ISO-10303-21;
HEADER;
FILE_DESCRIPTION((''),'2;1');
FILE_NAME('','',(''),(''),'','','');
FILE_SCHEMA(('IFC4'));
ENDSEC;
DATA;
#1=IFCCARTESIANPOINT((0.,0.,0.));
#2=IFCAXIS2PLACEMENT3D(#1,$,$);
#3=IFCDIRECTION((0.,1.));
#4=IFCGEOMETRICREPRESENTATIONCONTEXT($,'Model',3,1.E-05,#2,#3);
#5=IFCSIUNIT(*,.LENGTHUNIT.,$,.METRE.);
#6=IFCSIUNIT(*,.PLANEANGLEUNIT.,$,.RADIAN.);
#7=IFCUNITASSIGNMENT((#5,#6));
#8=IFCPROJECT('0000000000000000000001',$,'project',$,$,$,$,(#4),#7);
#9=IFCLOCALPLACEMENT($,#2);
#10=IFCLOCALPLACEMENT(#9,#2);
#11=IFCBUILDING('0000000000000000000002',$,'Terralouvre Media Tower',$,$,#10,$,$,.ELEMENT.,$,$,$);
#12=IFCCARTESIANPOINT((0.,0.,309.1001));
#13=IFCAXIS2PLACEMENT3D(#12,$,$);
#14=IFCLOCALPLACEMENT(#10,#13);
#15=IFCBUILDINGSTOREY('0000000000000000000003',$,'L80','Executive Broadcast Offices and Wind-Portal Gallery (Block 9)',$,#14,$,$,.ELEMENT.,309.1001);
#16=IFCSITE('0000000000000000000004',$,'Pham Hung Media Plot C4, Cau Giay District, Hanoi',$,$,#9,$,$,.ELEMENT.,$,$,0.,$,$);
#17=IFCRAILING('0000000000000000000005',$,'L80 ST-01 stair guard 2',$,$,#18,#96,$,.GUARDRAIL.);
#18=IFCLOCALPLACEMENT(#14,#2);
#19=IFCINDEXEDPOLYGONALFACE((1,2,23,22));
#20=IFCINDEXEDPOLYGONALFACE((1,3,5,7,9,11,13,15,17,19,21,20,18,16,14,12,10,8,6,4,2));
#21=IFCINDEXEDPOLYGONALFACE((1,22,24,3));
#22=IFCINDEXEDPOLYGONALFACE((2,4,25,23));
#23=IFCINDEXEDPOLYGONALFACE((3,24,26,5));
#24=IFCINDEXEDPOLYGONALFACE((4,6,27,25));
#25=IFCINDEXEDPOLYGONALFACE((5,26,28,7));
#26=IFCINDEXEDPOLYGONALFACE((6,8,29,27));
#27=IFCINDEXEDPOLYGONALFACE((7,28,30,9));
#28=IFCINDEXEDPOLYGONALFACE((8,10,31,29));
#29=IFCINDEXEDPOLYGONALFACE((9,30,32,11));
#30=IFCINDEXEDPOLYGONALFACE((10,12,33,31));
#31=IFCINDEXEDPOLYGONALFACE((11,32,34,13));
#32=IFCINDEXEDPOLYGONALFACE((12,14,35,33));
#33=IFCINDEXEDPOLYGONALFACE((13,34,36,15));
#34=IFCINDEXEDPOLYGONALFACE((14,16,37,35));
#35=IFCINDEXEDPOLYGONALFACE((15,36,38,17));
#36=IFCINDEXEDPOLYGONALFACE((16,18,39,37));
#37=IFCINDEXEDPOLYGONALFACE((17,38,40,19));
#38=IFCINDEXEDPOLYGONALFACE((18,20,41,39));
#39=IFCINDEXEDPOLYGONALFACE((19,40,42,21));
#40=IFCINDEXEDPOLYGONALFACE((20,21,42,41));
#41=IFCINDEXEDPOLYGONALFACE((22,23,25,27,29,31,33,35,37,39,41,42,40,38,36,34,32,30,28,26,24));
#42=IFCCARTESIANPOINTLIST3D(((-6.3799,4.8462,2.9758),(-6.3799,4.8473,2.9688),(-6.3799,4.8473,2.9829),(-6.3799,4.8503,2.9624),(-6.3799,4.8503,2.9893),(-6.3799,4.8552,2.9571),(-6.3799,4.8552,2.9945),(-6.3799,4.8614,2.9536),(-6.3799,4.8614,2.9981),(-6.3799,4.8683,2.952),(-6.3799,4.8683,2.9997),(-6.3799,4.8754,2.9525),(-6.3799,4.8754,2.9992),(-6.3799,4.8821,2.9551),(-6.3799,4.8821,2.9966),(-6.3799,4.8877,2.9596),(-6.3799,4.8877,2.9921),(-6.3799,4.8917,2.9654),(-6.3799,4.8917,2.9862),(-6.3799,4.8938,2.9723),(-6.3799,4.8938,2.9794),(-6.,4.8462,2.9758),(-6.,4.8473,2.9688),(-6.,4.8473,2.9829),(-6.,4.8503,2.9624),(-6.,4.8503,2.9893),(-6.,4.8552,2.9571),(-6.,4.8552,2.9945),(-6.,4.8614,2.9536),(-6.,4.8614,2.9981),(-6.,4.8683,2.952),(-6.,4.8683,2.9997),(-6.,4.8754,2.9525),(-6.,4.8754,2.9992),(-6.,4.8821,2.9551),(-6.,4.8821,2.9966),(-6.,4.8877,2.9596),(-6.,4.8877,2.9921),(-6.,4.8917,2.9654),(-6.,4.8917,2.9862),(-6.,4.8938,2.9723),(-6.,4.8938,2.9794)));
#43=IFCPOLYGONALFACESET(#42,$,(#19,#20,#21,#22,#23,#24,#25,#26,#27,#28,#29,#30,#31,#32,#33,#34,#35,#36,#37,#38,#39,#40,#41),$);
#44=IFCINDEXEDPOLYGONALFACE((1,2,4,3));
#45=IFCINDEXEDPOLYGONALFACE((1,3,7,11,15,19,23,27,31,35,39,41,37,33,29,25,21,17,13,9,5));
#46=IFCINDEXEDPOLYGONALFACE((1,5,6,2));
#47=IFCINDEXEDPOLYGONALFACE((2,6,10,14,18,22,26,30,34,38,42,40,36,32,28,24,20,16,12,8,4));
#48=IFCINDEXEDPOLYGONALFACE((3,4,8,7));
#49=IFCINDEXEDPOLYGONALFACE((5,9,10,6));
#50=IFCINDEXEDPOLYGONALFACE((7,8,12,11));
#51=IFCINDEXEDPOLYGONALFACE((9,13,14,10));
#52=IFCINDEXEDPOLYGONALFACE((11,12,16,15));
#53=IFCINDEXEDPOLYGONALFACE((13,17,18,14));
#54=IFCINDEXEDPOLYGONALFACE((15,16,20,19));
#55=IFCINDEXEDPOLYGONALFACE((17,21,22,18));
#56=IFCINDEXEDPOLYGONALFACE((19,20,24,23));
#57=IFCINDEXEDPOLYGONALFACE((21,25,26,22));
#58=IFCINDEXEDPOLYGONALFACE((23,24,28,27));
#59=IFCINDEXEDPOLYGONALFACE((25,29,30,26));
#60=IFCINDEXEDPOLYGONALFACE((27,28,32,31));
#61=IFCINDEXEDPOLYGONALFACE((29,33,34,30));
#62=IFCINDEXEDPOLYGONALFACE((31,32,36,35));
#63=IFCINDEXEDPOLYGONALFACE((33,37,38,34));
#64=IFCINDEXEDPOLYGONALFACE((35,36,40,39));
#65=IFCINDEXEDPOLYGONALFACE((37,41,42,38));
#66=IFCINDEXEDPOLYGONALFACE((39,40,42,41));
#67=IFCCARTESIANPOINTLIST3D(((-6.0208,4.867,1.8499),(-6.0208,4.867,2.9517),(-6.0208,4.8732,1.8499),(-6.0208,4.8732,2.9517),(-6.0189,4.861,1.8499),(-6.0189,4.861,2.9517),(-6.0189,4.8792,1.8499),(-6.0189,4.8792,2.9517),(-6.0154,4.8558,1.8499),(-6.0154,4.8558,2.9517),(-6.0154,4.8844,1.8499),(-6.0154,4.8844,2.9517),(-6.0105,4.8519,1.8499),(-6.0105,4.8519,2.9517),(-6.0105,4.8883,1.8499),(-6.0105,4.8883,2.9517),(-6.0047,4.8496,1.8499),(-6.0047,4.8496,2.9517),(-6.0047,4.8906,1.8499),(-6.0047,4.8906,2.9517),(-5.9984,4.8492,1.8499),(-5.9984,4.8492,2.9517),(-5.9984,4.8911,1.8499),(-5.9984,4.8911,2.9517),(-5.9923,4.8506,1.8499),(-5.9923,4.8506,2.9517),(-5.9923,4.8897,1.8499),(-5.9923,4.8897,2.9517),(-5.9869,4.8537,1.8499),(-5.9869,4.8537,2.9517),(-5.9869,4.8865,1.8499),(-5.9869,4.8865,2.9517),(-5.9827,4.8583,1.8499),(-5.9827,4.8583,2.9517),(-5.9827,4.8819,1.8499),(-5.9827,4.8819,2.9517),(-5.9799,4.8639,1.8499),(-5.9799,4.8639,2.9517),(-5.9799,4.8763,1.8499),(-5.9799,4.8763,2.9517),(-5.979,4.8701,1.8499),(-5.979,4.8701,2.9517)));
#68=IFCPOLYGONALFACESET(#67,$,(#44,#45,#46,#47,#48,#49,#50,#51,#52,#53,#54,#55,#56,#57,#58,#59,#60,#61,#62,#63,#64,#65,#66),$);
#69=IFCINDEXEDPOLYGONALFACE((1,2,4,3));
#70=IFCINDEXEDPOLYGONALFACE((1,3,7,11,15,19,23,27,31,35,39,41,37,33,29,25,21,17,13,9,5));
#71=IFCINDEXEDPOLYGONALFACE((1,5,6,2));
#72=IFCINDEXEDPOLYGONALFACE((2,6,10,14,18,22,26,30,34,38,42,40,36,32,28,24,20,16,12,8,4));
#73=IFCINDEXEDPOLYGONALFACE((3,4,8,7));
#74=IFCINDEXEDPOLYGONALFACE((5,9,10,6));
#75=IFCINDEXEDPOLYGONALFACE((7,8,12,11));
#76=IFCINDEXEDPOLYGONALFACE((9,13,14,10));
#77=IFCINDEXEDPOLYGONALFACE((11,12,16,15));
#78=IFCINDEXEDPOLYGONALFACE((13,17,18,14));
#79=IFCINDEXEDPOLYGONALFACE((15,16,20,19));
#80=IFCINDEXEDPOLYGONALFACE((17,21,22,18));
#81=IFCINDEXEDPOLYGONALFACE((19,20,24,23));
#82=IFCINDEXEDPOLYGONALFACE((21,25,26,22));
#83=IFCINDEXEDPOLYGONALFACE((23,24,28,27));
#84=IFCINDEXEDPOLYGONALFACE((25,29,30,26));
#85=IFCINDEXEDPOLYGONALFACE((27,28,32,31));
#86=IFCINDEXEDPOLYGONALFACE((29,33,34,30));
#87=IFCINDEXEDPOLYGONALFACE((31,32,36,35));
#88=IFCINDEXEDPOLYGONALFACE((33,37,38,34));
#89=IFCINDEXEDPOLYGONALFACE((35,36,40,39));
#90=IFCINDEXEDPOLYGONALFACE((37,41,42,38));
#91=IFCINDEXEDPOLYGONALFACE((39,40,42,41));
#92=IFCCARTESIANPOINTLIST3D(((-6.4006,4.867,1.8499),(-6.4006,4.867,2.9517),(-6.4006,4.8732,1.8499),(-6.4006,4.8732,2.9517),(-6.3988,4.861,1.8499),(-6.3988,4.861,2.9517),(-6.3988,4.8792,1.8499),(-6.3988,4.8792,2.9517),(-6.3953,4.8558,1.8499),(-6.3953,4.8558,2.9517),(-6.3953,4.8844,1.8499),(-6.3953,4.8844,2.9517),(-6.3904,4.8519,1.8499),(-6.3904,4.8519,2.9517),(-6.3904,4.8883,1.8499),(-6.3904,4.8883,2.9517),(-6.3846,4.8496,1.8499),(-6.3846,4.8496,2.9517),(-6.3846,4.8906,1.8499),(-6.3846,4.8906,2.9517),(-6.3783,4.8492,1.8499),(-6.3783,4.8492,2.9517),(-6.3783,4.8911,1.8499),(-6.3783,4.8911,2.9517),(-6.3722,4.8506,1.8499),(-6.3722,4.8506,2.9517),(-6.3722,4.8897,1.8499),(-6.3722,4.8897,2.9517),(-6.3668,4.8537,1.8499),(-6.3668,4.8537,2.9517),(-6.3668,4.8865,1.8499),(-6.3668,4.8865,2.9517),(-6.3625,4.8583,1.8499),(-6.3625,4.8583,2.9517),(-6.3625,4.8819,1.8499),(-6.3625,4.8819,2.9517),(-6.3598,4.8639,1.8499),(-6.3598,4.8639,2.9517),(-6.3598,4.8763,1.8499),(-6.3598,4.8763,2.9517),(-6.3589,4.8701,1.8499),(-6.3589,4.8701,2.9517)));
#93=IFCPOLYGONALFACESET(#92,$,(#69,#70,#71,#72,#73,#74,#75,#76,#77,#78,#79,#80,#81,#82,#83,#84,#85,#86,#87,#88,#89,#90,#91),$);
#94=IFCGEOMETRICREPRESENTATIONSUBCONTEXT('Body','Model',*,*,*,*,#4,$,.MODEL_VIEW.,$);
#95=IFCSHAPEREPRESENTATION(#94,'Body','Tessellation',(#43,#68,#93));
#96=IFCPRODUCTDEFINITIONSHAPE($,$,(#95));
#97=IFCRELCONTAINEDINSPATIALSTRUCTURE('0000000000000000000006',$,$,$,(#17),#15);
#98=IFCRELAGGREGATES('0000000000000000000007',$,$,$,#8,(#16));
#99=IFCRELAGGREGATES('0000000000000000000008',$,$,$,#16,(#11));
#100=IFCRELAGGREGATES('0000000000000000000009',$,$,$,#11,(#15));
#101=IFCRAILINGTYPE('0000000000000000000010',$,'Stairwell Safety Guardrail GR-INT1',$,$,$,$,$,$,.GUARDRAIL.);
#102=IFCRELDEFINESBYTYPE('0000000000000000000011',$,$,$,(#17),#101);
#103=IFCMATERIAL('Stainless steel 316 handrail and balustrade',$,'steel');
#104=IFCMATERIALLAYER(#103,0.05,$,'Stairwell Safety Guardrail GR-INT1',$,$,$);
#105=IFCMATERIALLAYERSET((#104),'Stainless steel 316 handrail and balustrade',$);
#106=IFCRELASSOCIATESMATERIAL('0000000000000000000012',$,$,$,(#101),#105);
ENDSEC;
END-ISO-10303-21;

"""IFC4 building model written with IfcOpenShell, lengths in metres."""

from ifc_helpers import new_model, si_unit, direction, frame, origin, origin_2d, place, context, subcontext, project, spatial, circle, extrude, material, layer, layer_set, type_object, element, save


model = new_model("IFC4")

# Units and contexts
model_context = context("Model", 3, precision=1e-05, world=origin(), true_north=direction((0.0, 1.0)))
body_context = subcontext(model_context, "Body", "Model", "MODEL_VIEW")
ifc_project = project(units=[si_unit("LENGTHUNIT", "METRE"), si_unit("PLANEANGLEUNIT", "RADIAN")], contexts=[model_context])

# Site, building, storey
site_placement = place(None, origin())
site = spatial("IfcSite", under=ifc_project, at=site_placement, Name="Pham Hung Media Plot C4, Cau Giay District, Hanoi", CompositionType="ELEMENT", RefElevation=0.0)
building_placement = place(site_placement, origin())
building = spatial("IfcBuilding", under=site, at=building_placement, Name="Terralouvre Media Tower", CompositionType="ELEMENT")
storey_placement = place(building_placement, frame((0.0, 0.0, 309.1001)))
storey = spatial("IfcBuildingStorey", under=building, at=storey_placement, Name="L80", Description="Executive Broadcast Offices and Wind-Portal Gallery (Block 9)", CompositionType="ELEMENT", Elevation=309.1001)

# Railing
ifc_material_1 = material(Name="Stainless steel 316 handrail and balustrade", Category="steel")
ifc_layer_1 = layer(ifc_material_1, 0.05, Name="Stairwell Safety Guardrail GR-INT1")
ifc_layer_set_1 = layer_set([ifc_layer_1], Name="Stainless steel 316 handrail and balustrade")
railing_type_1 = type_object("IfcRailingType", Name="Stairwell Safety Guardrail GR-INT1", PredefinedType="GUARDRAIL", material=ifc_layer_set_1)
railing_1_placement = place(storey_placement, frame((-6.0, 4.8701, 1.8499)))
element("IfcRailing", 1, at=railing_1_placement, inside=storey, type_object=railing_type_1, Name="L80 ST-01 stair guard 2", PredefinedType="GUARDRAIL", context=body_context, shape_type="SweptSolid", body=[
    extrude(circle(Radius=0.0239, at=origin_2d()), frame((0.0, 0.0, 1.126), z_axis=(-1.0, 0.0, 0.0), x_axis=(0.0, -1.0, 0.0)), (0.0, 0.0, 1.0), 0.3799),
    extrude(circle(Radius=0.021, at=origin_2d()), origin(), (0.0, 0.0, 1.0), 1.1018),
    extrude(circle(Radius=0.021, at=origin_2d()), frame((-0.3799, 0.0, 0.0)), (0.0, 0.0, 1.0), 1.1018),
])

save(model, "model.ifc")
